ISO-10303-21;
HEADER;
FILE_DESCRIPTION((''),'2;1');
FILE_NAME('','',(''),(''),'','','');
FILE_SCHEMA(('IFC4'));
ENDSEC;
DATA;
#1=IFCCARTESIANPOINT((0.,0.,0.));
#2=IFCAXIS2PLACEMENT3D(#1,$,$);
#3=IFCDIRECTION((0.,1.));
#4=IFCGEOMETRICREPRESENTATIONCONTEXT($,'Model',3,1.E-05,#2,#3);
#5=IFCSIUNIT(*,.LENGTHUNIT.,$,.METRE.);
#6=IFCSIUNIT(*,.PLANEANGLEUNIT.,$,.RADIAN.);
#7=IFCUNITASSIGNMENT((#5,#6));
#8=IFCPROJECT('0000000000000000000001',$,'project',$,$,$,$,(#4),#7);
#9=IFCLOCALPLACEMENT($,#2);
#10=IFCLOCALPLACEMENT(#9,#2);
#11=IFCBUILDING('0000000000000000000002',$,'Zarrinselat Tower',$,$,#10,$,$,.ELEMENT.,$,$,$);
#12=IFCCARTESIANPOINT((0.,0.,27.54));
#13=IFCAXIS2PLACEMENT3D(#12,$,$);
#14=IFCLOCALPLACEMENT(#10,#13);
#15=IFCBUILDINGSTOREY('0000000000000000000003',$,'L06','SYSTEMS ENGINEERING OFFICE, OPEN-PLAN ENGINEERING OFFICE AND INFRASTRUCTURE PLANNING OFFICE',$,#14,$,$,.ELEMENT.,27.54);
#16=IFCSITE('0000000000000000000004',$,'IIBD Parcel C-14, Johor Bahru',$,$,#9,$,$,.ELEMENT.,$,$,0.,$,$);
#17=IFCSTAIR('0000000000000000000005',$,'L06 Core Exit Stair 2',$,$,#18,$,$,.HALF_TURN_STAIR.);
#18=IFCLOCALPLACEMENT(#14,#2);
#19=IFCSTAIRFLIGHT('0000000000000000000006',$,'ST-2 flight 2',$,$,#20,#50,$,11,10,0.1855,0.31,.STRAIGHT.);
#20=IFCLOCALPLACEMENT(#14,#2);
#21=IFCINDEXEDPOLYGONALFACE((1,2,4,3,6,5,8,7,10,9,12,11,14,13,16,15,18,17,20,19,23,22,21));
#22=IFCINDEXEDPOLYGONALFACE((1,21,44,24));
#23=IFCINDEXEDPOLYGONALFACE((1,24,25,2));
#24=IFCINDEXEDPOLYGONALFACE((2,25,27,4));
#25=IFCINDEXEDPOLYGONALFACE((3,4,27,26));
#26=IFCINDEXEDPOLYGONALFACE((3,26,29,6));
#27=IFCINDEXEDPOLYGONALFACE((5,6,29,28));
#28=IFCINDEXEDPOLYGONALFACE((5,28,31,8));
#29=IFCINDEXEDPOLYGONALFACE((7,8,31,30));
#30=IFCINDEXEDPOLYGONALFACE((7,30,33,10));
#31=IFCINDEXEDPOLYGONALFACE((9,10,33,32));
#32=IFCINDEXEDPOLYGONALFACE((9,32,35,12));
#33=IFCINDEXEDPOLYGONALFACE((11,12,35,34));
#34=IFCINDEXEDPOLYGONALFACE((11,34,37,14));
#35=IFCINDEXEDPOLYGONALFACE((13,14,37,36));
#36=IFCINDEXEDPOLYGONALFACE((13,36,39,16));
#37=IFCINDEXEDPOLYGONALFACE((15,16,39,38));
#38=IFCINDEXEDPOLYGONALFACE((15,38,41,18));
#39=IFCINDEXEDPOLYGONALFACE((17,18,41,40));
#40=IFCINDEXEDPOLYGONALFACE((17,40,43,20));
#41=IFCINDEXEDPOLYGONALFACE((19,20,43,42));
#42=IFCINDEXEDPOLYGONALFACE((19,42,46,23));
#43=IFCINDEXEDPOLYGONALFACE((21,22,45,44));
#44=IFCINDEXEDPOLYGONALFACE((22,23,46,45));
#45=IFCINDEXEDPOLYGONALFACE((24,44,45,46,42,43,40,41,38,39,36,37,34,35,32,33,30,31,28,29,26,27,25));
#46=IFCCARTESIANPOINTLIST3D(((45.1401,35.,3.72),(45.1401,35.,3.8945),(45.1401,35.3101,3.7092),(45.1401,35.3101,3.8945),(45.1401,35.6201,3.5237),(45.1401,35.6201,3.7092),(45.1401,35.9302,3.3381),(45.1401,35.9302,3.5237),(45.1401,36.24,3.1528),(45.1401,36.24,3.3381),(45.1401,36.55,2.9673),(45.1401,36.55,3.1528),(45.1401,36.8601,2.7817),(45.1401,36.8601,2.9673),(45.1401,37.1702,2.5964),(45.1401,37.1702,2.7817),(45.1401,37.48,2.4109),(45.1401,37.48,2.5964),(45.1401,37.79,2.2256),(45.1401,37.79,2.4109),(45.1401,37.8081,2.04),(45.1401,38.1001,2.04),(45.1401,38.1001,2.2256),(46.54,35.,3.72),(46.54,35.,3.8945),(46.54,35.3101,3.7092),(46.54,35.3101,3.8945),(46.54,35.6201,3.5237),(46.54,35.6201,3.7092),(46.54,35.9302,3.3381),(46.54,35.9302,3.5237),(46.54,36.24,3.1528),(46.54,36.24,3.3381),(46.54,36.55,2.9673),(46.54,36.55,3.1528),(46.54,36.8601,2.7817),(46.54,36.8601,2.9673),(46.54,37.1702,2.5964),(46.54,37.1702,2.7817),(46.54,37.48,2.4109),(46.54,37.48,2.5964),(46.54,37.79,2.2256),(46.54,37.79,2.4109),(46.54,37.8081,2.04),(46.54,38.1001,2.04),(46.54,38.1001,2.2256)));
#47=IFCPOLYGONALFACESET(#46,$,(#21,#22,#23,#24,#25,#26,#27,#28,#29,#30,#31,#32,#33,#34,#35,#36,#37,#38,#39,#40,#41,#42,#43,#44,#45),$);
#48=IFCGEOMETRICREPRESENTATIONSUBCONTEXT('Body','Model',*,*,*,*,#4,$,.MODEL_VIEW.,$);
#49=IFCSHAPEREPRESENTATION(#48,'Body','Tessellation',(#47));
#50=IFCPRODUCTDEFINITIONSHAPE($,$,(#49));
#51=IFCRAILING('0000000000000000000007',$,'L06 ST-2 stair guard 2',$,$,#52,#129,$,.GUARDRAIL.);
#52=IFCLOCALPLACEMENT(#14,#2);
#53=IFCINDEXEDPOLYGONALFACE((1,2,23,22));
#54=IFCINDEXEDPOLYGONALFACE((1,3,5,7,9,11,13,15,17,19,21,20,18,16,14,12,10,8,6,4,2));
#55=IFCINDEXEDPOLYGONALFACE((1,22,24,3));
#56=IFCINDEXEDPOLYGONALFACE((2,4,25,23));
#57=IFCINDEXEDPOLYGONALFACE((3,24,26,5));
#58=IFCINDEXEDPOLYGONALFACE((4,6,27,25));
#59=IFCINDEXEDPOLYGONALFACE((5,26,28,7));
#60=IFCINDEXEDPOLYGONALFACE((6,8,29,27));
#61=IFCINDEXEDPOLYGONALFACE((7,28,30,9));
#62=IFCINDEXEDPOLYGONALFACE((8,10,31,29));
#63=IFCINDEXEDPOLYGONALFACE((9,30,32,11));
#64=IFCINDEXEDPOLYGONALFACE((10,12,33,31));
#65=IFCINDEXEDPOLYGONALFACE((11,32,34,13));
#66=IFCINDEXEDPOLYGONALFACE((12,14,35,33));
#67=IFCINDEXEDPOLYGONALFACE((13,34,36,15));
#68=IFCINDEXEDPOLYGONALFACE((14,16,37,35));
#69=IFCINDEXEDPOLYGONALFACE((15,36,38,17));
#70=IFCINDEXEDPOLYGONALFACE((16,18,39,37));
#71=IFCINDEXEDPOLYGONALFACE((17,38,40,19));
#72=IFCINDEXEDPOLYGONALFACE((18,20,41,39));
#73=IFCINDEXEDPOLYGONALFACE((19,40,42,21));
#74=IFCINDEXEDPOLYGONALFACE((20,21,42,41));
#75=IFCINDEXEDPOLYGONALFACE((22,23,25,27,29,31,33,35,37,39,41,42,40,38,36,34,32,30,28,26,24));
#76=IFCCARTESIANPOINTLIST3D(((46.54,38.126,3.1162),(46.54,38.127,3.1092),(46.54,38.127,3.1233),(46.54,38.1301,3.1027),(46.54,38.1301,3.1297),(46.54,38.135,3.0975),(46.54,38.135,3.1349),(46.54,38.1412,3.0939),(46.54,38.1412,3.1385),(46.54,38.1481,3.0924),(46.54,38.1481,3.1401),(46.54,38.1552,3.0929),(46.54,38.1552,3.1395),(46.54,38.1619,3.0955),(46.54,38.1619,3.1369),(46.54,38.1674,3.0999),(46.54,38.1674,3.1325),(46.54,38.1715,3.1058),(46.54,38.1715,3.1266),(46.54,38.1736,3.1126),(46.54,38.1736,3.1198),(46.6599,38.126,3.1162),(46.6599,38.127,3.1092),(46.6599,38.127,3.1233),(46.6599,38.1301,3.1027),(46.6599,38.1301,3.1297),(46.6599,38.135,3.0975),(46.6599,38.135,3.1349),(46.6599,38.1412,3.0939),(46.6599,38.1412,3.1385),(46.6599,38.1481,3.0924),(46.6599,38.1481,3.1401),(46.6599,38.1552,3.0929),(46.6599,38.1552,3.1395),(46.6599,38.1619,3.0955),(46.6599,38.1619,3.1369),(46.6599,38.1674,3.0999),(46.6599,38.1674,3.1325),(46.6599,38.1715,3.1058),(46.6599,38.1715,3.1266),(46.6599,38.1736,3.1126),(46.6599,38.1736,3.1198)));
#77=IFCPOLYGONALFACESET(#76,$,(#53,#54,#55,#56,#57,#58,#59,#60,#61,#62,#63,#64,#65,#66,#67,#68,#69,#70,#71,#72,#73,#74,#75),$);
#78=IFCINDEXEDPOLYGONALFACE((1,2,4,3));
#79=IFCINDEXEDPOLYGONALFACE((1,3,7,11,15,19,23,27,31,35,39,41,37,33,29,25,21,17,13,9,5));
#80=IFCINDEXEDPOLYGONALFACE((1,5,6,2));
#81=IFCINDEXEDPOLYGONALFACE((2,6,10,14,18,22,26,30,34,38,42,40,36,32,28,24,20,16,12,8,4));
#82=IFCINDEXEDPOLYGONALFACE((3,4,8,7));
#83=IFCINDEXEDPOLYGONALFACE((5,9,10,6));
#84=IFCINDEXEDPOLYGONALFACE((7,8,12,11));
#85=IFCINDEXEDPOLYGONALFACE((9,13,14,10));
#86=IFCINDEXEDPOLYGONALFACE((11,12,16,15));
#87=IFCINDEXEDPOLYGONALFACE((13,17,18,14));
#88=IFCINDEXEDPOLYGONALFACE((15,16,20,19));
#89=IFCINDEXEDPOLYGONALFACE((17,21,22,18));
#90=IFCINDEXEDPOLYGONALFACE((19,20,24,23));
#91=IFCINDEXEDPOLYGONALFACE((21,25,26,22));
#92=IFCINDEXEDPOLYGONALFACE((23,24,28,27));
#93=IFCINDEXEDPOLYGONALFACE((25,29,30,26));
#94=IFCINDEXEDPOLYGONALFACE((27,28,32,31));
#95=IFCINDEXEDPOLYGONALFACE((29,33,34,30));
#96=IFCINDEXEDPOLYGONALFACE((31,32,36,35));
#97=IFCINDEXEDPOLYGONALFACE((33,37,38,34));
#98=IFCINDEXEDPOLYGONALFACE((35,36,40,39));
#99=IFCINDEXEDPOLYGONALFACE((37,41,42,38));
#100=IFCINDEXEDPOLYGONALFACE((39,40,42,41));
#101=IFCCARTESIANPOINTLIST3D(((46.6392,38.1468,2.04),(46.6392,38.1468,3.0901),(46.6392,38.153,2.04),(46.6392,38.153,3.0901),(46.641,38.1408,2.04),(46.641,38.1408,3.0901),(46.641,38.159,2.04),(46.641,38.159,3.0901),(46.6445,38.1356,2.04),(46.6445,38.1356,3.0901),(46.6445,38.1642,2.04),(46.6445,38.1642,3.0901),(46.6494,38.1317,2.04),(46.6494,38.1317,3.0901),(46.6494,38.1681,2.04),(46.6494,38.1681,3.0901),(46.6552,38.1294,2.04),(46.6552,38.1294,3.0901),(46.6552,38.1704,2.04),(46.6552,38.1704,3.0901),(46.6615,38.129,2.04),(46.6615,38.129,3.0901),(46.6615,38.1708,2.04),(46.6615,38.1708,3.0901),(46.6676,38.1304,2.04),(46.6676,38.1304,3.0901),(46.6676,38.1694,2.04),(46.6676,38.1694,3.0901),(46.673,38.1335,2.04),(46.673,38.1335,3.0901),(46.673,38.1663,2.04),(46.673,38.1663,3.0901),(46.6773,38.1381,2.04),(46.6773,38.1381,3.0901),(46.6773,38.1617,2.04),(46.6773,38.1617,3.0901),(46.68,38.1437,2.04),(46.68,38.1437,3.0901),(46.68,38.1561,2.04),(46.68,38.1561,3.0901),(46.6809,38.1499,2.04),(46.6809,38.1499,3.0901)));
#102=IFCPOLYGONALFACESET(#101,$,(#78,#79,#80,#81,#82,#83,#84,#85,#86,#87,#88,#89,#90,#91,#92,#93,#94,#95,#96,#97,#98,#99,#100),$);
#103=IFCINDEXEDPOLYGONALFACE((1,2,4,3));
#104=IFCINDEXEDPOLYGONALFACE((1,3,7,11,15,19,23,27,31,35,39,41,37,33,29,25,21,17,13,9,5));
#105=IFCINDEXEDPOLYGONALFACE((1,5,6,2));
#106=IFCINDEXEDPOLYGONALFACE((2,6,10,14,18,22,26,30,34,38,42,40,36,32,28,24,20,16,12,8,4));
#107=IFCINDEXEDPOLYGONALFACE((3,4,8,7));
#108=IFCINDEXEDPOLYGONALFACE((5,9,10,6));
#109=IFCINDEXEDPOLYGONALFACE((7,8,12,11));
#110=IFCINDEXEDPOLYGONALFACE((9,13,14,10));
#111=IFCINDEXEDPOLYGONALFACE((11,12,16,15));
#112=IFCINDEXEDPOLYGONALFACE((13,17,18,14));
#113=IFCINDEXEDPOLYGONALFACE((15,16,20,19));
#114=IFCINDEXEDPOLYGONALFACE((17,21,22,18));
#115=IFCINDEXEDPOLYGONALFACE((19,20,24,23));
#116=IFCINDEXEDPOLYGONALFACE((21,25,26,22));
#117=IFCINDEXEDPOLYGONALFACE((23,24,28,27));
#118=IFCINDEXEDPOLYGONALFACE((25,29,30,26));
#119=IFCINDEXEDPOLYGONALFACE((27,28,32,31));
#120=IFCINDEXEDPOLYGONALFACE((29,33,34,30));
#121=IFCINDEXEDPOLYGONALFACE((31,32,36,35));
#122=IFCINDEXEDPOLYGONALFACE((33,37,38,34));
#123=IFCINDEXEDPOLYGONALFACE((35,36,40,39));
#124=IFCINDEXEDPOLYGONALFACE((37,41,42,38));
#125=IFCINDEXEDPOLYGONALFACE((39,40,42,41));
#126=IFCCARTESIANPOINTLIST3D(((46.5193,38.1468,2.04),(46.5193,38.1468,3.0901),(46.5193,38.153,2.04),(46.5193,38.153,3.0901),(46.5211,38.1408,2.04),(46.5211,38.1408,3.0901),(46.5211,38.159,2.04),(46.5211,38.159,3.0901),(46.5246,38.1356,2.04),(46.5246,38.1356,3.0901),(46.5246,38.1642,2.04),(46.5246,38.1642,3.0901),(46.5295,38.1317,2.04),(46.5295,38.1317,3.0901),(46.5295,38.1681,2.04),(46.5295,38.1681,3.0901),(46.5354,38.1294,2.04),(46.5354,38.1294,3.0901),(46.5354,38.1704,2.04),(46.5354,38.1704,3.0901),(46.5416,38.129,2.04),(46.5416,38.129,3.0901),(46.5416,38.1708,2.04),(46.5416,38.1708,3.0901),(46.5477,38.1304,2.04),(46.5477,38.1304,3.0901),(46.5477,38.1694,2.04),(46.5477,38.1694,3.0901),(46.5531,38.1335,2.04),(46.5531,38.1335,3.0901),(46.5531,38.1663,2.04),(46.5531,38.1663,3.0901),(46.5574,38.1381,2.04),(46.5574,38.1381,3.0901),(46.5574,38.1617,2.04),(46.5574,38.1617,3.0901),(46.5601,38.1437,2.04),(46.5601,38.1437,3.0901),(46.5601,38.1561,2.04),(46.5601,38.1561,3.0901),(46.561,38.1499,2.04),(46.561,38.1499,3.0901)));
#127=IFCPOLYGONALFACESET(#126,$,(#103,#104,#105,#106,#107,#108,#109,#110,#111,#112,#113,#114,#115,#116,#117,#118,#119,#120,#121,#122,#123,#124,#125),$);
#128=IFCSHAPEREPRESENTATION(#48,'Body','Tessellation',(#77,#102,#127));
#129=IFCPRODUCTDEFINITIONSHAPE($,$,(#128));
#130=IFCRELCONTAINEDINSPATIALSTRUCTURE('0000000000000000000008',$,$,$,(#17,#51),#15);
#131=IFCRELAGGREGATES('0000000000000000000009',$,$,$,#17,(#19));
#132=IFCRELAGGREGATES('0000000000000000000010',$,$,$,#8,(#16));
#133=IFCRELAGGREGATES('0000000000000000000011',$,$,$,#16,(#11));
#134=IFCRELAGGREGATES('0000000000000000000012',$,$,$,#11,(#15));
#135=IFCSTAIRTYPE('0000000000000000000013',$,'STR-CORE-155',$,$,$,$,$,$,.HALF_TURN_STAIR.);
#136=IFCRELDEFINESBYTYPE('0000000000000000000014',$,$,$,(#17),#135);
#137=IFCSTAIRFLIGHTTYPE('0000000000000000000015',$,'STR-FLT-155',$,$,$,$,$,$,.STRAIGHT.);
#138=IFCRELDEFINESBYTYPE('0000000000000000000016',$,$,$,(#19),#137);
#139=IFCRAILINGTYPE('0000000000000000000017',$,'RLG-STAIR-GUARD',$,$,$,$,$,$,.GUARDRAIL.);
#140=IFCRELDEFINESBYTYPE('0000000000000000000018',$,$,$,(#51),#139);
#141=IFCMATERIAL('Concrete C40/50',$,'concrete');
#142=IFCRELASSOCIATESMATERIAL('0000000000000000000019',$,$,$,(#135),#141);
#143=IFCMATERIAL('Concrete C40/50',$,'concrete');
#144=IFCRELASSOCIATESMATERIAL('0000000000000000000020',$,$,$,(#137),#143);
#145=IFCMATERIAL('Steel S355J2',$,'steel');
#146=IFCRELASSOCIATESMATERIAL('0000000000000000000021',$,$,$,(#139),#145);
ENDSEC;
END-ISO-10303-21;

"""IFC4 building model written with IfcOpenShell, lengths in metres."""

from ifc_helpers import new_model, si_unit, direction, frame, origin, origin_2d, place, context, subcontext, project, spatial, polyline, circle, outline, extrude, material, type_object, element, aggregate, save


model = new_model("IFC4")

# Units and contexts
model_context = context("Model", 3, precision=1e-05, world=origin(), true_north=direction((0.0, 1.0)))
body_context = subcontext(model_context, "Body", "Model", "MODEL_VIEW")
ifc_project = project(units=[si_unit("LENGTHUNIT", "METRE"), si_unit("PLANEANGLEUNIT", "RADIAN")], contexts=[model_context])

# Site, building, storey
site_placement = place(None, origin())
site = spatial("IfcSite", under=ifc_project, at=site_placement, Name="IIBD Parcel C-14, Johor Bahru", CompositionType="ELEMENT", RefElevation=0.0)
building_placement = place(site_placement, origin())
building = spatial("IfcBuilding", under=site, at=building_placement, Name="Zarrinselat Tower", CompositionType="ELEMENT")
storey_placement = place(building_placement, frame((0.0, 0.0, 27.54)))
storey = spatial("IfcBuildingStorey", under=building, at=storey_placement, Name="L06", Description="SYSTEMS ENGINEERING OFFICE, OPEN-PLAN ENGINEERING OFFICE AND INFRASTRUCTURE PLANNING OFFICE", CompositionType="ELEMENT", Elevation=27.54)

# Stair, stair flight
ifc_material_1 = material(Name="Concrete C40/50", Category="concrete")
stair_type = type_object("IfcStairType", Name="STR-CORE-155", PredefinedType="HALF_TURN_STAIR", material=ifc_material_1)
stair_placement = place(storey_placement, origin())
stair = element("IfcStair", 1, at=stair_placement, inside=storey, type_object=stair_type, Name="L06 Core Exit Stair 2", PredefinedType="HALF_TURN_STAIR")
ifc_material_2 = material(Name="Concrete C40/50", Category="concrete")
stair_flight_type = type_object("IfcStairFlightType", Name="STR-FLT-155", PredefinedType="STRAIGHT", material=ifc_material_2)
stair_flight_placement = place(storey_placement, frame((45.8401, 38.1001, 2.04), z_axis=(0.0, 0.0, 1.0), x_axis=(0.0, -1.0, 0.0)))
stair_flight = element("IfcStairFlight", 2, at=stair_flight_placement, type_object=stair_flight_type, Name="ST-2 flight 2", NumberOfRisers=11, NumberOfTreads=10, PredefinedType="STRAIGHT", RiserHeight=0.1855, TreadLength=0.31, context=body_context, shape_type="SweptSolid", body=[
    extrude(outline(polyline([(0.0, 0.0), (0.0, 0.1855), (0.3101, 0.1855), (0.3101, 0.3708), (0.6201, 0.3708), (0.6201, 0.5564), (0.9299, 0.5564), (0.9299, 0.7417), (1.24, 0.7417), (1.24, 0.9272), (1.55, 0.9272), (1.55, 1.1128), (1.8601, 1.1128), (1.8601, 1.2981), (2.1699, 1.2981), (2.1699, 1.4836), (2.48, 1.4836), (2.48, 1.6692), (2.79, 1.6692), (2.79, 1.8545), (3.1001, 1.8545), (3.1001, 2.04), (3.1001, 1.6799), (0.292, 0.0), (0.0, 0.0)])), frame((0.0, 0.7, 0.0), z_axis=(0.0, -1.0, 0.0), x_axis=(1.0, 0.0, 0.0)), (0.0, 0.0, 1.0), 1.3999),
])
aggregate(stair, [stair_flight])

# Railing
ifc_material_3 = material(Name="Steel S355J2", Category="steel")
railing_type_1 = type_object("IfcRailingType", Name="RLG-STAIR-GUARD", PredefinedType="GUARDRAIL", material=ifc_material_3)
railing_1_placement = place(storey_placement, frame((46.6599, 38.1499, 2.04)))
element("IfcRailing", 3, at=railing_1_placement, inside=storey, type_object=railing_type_1, Name="L06 ST-2 stair guard 2", PredefinedType="GUARDRAIL", context=body_context, shape_type="SweptSolid", body=[
    extrude(circle(Radius=0.0239, at=origin_2d()), frame((0.0, 0.0, 1.0762), z_axis=(-1.0, 0.0, 0.0), x_axis=(0.0, -1.0, 0.0)), (0.0, 0.0, 1.0), 0.1199),
    extrude(circle(Radius=0.021, at=origin_2d()), origin(), (0.0, 0.0, 1.0), 1.05),
    extrude(circle(Radius=0.021, at=origin_2d()), frame((-0.1199, 0.0, 0.0)), (0.0, 0.0, 1.0), 1.05),
])

save(model, "model.ifc")
